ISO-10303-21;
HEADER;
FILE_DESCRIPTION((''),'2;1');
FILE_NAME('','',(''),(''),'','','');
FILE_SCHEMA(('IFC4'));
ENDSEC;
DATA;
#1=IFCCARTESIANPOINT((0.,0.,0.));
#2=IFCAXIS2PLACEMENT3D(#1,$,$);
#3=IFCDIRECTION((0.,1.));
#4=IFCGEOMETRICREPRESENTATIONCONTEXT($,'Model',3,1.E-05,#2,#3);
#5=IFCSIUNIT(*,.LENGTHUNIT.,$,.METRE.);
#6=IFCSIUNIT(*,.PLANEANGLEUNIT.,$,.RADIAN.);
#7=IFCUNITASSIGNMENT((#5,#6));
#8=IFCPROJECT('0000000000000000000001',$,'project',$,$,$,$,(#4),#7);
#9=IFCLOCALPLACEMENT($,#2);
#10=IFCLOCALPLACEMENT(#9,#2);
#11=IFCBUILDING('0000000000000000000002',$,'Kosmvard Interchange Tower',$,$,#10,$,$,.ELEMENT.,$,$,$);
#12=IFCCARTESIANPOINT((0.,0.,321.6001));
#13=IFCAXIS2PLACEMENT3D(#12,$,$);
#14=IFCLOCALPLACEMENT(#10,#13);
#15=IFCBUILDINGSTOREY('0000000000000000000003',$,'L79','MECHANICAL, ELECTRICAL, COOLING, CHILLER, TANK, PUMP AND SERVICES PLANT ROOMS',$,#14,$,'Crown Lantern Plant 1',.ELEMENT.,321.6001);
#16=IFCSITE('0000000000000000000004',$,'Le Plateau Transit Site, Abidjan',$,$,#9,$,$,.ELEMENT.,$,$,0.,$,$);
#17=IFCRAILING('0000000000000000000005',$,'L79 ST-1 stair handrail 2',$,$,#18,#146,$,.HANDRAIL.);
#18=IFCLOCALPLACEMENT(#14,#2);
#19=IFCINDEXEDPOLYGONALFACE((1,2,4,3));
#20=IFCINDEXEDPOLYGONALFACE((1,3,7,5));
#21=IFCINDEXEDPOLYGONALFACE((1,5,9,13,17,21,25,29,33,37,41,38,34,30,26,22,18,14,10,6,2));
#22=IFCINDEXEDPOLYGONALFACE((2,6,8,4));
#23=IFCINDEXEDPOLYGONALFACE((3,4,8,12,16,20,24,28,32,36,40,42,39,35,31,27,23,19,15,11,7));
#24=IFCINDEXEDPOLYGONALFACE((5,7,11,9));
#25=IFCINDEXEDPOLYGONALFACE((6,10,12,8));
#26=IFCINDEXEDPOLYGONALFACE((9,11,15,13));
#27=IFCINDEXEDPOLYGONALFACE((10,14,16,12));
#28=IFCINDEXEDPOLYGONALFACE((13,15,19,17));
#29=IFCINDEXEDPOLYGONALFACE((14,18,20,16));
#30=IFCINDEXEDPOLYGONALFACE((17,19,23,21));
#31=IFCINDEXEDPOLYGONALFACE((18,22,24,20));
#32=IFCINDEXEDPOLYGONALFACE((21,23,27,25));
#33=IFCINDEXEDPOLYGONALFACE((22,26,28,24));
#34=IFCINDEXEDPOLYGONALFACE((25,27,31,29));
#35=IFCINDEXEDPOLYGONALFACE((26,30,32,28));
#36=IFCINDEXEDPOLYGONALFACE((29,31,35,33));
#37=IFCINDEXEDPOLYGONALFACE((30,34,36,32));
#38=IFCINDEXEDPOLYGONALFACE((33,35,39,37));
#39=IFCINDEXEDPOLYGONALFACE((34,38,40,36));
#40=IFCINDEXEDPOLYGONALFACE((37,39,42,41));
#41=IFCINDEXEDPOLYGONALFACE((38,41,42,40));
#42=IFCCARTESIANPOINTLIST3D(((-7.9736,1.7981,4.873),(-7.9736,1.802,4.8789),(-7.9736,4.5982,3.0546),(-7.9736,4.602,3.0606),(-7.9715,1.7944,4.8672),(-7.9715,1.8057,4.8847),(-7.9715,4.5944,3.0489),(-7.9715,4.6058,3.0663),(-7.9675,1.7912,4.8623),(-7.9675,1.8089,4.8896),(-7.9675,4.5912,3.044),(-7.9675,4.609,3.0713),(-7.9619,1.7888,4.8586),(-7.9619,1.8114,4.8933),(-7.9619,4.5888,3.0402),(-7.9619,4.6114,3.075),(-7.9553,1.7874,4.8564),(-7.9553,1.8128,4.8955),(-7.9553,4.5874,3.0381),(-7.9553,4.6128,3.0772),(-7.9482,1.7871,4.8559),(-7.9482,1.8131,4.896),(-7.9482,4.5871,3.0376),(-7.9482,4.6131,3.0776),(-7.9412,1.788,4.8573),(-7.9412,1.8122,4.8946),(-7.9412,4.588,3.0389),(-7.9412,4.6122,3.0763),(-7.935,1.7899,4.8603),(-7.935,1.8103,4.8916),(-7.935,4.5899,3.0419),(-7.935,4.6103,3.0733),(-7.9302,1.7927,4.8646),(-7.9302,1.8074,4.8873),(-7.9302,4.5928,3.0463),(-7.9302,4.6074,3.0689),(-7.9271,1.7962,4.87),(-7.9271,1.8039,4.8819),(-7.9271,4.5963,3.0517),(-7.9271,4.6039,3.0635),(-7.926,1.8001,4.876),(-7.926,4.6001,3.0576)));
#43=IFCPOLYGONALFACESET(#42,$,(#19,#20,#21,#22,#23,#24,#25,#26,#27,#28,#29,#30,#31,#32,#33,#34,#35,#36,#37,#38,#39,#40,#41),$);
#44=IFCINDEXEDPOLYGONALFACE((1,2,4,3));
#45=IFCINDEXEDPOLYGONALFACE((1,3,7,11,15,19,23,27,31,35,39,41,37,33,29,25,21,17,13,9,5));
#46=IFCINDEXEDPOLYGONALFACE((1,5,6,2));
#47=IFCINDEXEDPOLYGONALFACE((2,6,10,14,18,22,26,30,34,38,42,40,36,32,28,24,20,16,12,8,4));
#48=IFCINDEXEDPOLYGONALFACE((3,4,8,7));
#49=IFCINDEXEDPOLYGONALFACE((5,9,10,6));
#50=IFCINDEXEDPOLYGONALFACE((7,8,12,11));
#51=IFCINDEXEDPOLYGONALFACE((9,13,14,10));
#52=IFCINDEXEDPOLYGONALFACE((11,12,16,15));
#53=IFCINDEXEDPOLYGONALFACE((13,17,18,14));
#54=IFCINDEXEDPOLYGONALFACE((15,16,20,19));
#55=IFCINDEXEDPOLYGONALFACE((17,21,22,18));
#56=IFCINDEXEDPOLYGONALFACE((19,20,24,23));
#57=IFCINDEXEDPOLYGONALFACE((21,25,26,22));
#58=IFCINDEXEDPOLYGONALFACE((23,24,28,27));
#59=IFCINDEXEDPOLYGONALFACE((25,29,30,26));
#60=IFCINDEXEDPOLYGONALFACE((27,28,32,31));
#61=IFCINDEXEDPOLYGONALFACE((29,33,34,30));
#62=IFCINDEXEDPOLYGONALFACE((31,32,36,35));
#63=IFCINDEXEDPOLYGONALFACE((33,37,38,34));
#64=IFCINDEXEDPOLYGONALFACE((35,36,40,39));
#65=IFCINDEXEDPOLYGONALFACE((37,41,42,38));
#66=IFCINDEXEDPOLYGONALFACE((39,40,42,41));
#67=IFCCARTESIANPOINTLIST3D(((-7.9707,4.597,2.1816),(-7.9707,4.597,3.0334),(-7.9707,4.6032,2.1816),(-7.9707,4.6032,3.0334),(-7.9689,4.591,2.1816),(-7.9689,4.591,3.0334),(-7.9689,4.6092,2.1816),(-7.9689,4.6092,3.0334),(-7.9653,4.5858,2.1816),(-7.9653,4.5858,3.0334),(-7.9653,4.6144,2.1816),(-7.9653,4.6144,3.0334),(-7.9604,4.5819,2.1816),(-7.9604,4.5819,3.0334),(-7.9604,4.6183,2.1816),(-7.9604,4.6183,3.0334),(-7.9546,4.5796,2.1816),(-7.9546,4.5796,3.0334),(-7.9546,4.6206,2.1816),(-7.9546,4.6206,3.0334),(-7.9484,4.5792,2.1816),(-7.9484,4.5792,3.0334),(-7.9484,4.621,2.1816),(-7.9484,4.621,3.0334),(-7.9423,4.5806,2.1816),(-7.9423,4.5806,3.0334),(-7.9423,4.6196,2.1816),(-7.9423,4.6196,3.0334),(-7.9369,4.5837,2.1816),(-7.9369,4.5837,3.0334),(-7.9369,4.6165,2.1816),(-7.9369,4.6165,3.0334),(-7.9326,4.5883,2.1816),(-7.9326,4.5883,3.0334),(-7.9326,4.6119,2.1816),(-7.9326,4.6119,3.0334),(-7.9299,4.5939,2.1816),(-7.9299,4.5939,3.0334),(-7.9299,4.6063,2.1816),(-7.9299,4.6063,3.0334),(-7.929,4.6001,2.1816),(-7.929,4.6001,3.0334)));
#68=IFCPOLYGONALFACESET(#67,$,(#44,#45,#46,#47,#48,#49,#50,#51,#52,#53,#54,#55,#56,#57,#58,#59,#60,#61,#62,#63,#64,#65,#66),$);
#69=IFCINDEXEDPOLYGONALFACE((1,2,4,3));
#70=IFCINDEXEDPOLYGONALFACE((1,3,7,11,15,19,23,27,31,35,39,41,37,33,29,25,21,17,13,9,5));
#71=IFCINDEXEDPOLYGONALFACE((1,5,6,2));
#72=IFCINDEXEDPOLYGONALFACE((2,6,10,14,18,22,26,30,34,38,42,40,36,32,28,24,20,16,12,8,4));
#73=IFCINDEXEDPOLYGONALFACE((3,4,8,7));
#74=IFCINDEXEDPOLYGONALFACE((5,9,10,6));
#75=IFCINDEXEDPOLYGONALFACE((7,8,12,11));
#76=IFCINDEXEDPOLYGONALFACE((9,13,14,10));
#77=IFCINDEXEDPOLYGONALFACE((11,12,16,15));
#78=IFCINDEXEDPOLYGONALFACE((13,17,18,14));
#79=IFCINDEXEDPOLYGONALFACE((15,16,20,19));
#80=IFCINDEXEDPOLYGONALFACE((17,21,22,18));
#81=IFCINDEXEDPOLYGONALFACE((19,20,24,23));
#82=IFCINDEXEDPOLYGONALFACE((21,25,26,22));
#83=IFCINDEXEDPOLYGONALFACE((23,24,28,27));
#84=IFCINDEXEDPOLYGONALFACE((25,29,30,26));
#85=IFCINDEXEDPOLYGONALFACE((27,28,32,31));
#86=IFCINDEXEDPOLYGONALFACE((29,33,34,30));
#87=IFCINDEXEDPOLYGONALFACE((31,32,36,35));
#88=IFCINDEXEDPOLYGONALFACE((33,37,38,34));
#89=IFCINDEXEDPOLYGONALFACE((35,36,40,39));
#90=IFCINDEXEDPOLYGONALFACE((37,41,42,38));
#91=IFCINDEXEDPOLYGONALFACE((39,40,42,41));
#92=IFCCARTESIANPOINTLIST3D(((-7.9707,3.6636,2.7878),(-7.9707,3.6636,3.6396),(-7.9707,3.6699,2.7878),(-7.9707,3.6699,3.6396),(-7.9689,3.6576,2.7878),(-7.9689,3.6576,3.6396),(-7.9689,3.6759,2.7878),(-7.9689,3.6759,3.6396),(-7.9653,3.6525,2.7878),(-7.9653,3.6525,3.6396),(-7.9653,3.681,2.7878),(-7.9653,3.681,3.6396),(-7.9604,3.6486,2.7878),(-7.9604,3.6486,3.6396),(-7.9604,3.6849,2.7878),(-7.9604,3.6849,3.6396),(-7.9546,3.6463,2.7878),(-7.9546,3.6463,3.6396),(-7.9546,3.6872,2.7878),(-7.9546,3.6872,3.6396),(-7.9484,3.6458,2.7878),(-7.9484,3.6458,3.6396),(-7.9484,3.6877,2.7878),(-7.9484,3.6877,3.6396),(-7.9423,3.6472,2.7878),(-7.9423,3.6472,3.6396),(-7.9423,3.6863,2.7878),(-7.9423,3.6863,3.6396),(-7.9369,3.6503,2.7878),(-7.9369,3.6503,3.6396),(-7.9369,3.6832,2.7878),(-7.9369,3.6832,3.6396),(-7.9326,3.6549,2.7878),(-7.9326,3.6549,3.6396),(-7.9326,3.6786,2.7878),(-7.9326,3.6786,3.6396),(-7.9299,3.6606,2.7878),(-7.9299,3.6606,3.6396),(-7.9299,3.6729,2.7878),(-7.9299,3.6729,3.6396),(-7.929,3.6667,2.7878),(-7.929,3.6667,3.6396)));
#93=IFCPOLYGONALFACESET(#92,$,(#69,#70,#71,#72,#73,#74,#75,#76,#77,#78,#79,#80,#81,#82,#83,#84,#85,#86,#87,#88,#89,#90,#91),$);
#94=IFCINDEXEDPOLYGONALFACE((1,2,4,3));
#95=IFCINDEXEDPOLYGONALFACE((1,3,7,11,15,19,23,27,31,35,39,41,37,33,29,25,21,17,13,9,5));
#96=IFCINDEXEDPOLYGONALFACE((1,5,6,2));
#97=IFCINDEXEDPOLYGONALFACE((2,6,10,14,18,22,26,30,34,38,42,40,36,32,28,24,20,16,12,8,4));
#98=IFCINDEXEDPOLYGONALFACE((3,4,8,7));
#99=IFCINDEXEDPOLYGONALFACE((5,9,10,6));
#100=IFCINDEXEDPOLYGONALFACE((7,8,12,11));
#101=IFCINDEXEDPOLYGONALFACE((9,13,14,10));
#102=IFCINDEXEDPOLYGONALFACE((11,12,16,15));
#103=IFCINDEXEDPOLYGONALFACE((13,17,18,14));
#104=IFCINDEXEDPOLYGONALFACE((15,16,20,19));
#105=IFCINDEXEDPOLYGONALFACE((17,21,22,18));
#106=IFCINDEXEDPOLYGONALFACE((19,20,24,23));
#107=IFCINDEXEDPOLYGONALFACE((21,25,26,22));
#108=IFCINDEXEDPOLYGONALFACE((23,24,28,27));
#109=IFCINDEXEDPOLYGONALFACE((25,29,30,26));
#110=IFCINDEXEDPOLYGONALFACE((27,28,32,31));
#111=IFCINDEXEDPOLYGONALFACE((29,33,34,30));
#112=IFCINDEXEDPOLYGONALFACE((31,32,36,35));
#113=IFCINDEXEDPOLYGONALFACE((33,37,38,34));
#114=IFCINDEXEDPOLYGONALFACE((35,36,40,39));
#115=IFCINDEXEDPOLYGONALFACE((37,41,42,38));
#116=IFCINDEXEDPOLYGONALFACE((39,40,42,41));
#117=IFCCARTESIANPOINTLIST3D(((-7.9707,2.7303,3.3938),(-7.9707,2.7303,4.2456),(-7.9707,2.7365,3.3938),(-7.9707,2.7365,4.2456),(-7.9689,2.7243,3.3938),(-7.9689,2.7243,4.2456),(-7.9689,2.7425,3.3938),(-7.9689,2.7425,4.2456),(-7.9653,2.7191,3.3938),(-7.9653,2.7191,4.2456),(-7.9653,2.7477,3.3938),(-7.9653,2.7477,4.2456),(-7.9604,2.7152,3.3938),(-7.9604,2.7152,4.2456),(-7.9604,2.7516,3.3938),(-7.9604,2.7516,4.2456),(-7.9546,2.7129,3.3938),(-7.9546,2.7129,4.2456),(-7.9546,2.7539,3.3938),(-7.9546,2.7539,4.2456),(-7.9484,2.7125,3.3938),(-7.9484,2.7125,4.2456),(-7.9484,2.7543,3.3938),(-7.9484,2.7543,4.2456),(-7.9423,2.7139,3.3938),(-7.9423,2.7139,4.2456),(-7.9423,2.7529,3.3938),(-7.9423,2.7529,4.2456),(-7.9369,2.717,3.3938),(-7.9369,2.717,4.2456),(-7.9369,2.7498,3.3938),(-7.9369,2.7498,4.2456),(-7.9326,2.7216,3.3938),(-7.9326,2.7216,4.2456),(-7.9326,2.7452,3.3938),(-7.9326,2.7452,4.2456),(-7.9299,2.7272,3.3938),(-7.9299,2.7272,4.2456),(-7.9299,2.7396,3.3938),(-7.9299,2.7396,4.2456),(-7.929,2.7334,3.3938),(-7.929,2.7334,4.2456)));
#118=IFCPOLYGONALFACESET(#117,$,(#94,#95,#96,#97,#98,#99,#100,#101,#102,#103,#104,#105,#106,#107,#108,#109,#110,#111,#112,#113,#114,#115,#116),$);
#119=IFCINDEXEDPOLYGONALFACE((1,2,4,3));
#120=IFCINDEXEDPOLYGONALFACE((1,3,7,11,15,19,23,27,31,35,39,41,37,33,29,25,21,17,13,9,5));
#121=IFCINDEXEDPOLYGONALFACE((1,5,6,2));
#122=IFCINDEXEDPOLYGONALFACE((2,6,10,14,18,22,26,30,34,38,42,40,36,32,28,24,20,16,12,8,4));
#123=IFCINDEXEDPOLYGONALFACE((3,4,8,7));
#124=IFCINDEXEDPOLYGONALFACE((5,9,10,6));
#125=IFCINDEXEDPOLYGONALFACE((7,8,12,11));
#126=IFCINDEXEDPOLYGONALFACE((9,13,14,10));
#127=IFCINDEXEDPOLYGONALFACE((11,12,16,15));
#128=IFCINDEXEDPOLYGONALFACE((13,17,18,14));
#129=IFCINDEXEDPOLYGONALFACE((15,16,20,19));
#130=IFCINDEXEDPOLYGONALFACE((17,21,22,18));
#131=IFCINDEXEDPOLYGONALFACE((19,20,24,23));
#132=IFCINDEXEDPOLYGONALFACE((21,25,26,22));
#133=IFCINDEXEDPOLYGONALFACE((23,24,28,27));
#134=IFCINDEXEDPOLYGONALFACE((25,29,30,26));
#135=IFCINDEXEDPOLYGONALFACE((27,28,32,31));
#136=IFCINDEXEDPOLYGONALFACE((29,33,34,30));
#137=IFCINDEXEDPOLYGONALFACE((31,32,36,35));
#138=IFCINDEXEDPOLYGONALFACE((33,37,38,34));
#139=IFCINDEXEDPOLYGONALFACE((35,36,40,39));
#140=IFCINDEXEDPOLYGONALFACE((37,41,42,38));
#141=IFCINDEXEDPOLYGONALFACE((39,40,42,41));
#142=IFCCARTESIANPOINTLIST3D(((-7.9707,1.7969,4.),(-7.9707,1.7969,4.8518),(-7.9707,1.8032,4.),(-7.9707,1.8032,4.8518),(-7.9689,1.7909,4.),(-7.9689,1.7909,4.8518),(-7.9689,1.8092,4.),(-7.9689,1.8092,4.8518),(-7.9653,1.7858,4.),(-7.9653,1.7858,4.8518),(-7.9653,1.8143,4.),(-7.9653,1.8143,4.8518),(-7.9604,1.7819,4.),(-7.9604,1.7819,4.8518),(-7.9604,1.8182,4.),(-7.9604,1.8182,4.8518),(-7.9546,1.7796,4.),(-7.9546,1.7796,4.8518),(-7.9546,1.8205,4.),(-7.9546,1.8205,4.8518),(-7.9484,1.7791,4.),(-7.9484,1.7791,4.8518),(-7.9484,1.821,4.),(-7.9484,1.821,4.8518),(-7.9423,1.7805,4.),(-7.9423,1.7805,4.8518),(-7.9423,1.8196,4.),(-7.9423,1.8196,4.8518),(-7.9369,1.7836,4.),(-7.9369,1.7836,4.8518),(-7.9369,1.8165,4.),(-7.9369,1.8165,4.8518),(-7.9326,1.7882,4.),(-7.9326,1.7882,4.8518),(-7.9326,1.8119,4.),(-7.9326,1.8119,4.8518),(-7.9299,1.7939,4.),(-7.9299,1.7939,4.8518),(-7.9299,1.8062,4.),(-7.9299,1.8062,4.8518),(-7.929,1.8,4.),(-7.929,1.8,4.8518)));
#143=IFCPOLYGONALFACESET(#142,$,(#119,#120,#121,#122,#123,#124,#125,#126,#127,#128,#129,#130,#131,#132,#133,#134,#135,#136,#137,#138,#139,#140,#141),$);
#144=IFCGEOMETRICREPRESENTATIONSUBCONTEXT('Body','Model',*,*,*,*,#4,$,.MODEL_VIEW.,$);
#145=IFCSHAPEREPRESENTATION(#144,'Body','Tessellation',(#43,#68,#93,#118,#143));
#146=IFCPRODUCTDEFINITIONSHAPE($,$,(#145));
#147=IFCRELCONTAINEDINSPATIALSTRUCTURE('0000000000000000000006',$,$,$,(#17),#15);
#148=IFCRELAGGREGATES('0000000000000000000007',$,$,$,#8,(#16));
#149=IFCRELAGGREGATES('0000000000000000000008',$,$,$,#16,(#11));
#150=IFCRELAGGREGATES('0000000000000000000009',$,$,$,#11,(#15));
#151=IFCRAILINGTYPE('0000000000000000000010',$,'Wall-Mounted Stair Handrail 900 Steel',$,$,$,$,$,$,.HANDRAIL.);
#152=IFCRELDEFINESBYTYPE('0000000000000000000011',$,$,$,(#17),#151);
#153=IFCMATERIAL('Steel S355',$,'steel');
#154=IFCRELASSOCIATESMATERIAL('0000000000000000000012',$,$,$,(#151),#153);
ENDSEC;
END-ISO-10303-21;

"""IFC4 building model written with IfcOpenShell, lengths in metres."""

from ifc_helpers import new_model, si_unit, direction, frame, origin, origin_2d, place, context, subcontext, project, spatial, circle, extrude, source, transform, mapped, material, type_object, element, save


model = new_model("IFC4")

# Units and contexts
model_context = context("Model", 3, precision=1e-05, world=origin(), true_north=direction((0.0, 1.0)))
body_context = subcontext(model_context, "Body", "Model", "MODEL_VIEW")
ifc_project = project(units=[si_unit("LENGTHUNIT", "METRE"), si_unit("PLANEANGLEUNIT", "RADIAN")], contexts=[model_context])

# Site, building, storey
site_placement = place(None, origin())
site = spatial("IfcSite", under=ifc_project, at=site_placement, Name="Le Plateau Transit Site, Abidjan", CompositionType="ELEMENT", RefElevation=0.0)
building_placement = place(site_placement, origin())
building = spatial("IfcBuilding", under=site, at=building_placement, Name="Kosmvard Interchange Tower", CompositionType="ELEMENT")
storey_placement = place(building_placement, frame((0.0, 0.0, 321.6001)))
storey = spatial("IfcBuildingStorey", under=building, at=storey_placement, Name="L79", Description="MECHANICAL, ELECTRICAL, COOLING, CHILLER, TANK, PUMP AND SERVICES PLANT ROOMS", LongName="Crown Lantern Plant 1", CompositionType="ELEMENT", Elevation=321.6001)

# Shared definitions
ifc_material_1 = material(Name="Steel S355", Category="steel")

# Railing
railing_type_1 = type_object("IfcRailingType", Name="Wall-Mounted Stair Handrail 900 Steel", PredefinedType="HANDRAIL", material=ifc_material_1)
shared_shape_1 = source(origin(), body_context, "Body", "SweptSolid", [
    extrude(circle(Radius=0.0239, at=origin_2d()), frame((0.0, 0.0, 0.876), z_axis=(0.0, -0.838672, 0.544636), x_axis=(1.0, 0.0, 0.0)), (0.0, 0.0, 1.0), 3.3386),
    extrude(circle(Radius=0.021, at=origin_2d()), origin(), (0.0, 0.0, 1.0), 0.8518),
    extrude(circle(Radius=0.021, at=origin_2d()), frame((0.0, -0.9333, 0.6062)), (0.0, 0.0, 1.0), 0.8518),
    extrude(circle(Radius=0.021, at=origin_2d()), frame((0.0, -1.8667, 1.2122)), (0.0, 0.0, 1.0), 0.8518),
    extrude(circle(Radius=0.021, at=origin_2d()), frame((0.0, -2.8, 1.8184)), (0.0, 0.0, 1.0), 0.8518),
])
railing_1_placement = place(storey_placement, frame((-7.95, 4.6001, 2.1816)))
element("IfcRailing", 1, at=railing_1_placement, inside=storey, type_object=railing_type_1, Name="L79 ST-1 stair handrail 2", PredefinedType="HANDRAIL", context=body_context, shape_type="MappedRepresentation", body=[
    mapped(shared_shape_1, transform((0.0, 0.0, 0.0), scale=1.0)),
])

save(model, "model.ifc")
